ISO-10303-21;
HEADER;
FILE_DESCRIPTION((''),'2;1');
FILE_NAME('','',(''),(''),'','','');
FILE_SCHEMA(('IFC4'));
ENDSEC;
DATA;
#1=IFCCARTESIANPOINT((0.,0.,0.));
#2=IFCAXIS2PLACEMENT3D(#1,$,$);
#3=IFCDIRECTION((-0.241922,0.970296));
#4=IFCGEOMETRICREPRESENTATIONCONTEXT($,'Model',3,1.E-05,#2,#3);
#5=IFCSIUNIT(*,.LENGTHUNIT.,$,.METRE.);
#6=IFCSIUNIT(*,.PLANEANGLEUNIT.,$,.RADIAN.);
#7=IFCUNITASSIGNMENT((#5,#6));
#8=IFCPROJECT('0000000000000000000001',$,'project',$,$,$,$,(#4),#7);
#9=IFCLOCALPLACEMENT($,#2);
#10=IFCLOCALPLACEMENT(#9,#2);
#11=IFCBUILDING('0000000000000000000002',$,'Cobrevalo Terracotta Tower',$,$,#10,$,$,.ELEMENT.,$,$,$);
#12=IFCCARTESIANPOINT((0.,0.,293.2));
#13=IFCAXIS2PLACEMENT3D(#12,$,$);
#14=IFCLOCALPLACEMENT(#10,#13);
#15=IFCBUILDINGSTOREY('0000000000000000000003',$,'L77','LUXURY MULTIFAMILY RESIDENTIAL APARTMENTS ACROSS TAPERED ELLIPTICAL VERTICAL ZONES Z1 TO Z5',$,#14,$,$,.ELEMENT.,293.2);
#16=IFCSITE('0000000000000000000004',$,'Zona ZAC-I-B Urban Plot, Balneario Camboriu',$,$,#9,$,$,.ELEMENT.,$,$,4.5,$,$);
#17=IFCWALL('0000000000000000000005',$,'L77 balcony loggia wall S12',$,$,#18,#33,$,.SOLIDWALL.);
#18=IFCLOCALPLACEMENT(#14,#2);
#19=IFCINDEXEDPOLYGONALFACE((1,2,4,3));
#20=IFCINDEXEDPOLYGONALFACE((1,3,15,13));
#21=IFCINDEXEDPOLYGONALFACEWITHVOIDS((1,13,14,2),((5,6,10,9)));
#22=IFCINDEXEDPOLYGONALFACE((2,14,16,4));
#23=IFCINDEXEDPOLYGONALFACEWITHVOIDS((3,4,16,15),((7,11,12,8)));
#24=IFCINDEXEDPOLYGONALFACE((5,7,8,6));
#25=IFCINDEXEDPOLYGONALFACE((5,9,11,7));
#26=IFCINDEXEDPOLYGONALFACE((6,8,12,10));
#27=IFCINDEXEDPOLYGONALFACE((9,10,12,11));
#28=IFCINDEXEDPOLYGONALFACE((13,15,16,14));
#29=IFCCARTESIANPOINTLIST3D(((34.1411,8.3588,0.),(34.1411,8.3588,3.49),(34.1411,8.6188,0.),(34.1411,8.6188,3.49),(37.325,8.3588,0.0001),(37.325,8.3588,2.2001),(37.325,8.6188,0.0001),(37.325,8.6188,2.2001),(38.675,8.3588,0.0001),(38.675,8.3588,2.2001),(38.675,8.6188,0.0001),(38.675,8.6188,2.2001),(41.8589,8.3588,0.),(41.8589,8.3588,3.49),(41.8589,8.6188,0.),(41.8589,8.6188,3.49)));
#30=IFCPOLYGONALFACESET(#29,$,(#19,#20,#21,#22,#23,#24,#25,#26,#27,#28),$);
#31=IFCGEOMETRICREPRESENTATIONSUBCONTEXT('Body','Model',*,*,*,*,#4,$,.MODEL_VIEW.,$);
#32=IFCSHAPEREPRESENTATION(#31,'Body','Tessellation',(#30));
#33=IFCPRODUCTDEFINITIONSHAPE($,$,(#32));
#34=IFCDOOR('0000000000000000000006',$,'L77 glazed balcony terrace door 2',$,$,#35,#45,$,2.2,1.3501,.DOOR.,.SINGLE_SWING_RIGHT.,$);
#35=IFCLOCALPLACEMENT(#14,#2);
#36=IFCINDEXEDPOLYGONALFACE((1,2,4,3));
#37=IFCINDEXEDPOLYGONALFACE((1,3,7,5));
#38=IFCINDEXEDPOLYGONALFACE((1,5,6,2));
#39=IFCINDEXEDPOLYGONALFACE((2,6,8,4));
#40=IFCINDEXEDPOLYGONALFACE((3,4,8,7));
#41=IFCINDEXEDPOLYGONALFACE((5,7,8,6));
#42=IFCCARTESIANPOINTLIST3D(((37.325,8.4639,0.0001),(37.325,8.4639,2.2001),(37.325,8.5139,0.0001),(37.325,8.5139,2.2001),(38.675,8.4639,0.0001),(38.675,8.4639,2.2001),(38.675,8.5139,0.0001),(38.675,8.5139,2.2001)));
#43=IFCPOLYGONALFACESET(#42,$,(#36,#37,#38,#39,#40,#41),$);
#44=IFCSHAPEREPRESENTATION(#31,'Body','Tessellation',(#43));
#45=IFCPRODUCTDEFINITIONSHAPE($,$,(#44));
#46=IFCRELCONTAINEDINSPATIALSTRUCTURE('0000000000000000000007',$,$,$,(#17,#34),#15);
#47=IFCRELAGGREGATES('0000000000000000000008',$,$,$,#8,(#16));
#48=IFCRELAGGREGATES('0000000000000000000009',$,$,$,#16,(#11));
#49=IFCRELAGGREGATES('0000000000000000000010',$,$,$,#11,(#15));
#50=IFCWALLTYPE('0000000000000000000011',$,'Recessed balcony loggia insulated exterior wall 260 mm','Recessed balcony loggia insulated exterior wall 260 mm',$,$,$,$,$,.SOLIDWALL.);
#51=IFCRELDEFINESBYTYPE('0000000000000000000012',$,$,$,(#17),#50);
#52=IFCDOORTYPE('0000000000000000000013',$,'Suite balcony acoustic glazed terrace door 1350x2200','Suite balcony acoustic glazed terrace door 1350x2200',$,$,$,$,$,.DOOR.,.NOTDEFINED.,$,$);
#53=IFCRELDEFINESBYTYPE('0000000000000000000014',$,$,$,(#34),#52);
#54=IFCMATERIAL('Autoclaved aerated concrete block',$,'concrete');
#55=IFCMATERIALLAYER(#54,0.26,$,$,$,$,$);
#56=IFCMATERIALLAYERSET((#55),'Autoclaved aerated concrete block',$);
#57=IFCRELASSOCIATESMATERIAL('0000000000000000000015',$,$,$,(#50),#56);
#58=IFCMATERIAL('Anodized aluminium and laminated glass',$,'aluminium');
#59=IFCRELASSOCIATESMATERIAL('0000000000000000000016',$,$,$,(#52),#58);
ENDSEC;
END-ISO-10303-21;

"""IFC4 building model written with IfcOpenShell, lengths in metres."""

from ifc_helpers import new_model, si_unit, direction, frame, frame_2d, origin, place, context, subcontext, project, spatial, rectangle, extrude, source, transform, mapped, material, layer, layer_set, type_object, element, fill, save


model = new_model("IFC4")

# Units and contexts
model_context = context("Model", 3, precision=1e-05, world=origin(), true_north=direction((-0.241922, 0.970296)))
body_context = subcontext(model_context, "Body", "Model", "MODEL_VIEW")
ifc_project = project(units=[si_unit("LENGTHUNIT", "METRE"), si_unit("PLANEANGLEUNIT", "RADIAN")], contexts=[model_context])

# Site, building, storey
site_placement = place(None, origin())
site = spatial("IfcSite", under=ifc_project, at=site_placement, Name="Zona ZAC-I-B Urban Plot, Balneario Camboriu", CompositionType="ELEMENT", RefElevation=4.5)
building_placement = place(site_placement, origin())
building = spatial("IfcBuilding", under=site, at=building_placement, Name="Cobrevalo Terracotta Tower", CompositionType="ELEMENT")
storey_placement = place(building_placement, frame((0.0, 0.0, 293.2)))
storey = spatial("IfcBuildingStorey", under=building, at=storey_placement, Name="L77", Description="LUXURY MULTIFAMILY RESIDENTIAL APARTMENTS ACROSS TAPERED ELLIPTICAL VERTICAL ZONES Z1 TO Z5", CompositionType="ELEMENT", Elevation=293.2)

# Wall, opening, door
ifc_material_1 = material(Name="Autoclaved aerated concrete block", Category="concrete")
ifc_layer_1 = layer(ifc_material_1, 0.26)
ifc_layer_set_1 = layer_set([ifc_layer_1], Name="Autoclaved aerated concrete block")
wall_type = type_object("IfcWallType", Name="Recessed balcony loggia insulated exterior wall 260 mm", Description="Recessed balcony loggia insulated exterior wall 260 mm", PredefinedType="SOLIDWALL", material=ifc_layer_set_1)
wall_placement = place(storey_placement, frame((34.1411, 8.4888, 0.0), z_axis=(0.0, 0.0, 1.0), x_axis=(1.0, 0.0, 0.0)))
wall = element("IfcWall", 1, at=wall_placement, inside=storey, type_object=wall_type, Name="L77 balcony loggia wall S12", PredefinedType="SOLIDWALL", context=body_context, shape_type="SweptSolid", body=[
    extrude(rectangle(XDim=7.7178, YDim=0.26, at=frame_2d((3.8589, 0.0))), origin(), (0.0, 0.0, 1.0), 3.49),
])
opening_placement = place(wall_placement, frame((3.1838, 0.0, 0.0)))
opening = element("IfcOpeningElement", 2, at=opening_placement, cuts=wall, PredefinedType="OPENING", context=body_context, shape_type="SweptSolid", body=[
    extrude(rectangle(XDim=1.3501, YDim=2.2, at=frame_2d((0.675, 1.1001))), frame((0.0, 0.1401, 0.0), z_axis=(0.0, -1.0, 0.0), x_axis=(1.0, 0.0, 0.0)), (0.0, 0.0, 1.0), 0.28),
])
ifc_material_2 = material(Name="Anodized aluminium and laminated glass", Category="aluminium")
door_type = type_object("IfcDoorType", Name="Suite balcony acoustic glazed terrace door 1350x2200", Description="Suite balcony acoustic glazed terrace door 1350x2200", OperationType="NOTDEFINED", PredefinedType="DOOR", material=ifc_material_2)
shared_shape_1 = source(origin(), body_context, "Body", "SweptSolid", [
    extrude(rectangle(XDim=1.3501, YDim=2.2, at=frame_2d((0.675, 1.1001))), frame((0.0, 0.0249, 0.0), z_axis=(0.0, -1.0, 0.0), x_axis=(1.0, 0.0, 0.0)), (0.0, 0.0, 1.0), 0.05),
])
door_placement = place(opening_placement, frame((1.3501, 0.0, 0.0), z_axis=(0.0, 0.0, 1.0), x_axis=(-1.0, 0.0, 0.0)))
door = element("IfcDoor", 3, at=door_placement, inside=storey, type_object=door_type, Name="L77 glazed balcony terrace door 2", OperationType="SINGLE_SWING_RIGHT", OverallHeight=2.2, OverallWidth=1.3501, PredefinedType="DOOR", context=body_context, shape_type="MappedRepresentation", body=[
    mapped(shared_shape_1, transform((0.0, 0.0, 0.0), scale=1.0)),
])
fill(opening, door)

save(model, "model.ifc")
